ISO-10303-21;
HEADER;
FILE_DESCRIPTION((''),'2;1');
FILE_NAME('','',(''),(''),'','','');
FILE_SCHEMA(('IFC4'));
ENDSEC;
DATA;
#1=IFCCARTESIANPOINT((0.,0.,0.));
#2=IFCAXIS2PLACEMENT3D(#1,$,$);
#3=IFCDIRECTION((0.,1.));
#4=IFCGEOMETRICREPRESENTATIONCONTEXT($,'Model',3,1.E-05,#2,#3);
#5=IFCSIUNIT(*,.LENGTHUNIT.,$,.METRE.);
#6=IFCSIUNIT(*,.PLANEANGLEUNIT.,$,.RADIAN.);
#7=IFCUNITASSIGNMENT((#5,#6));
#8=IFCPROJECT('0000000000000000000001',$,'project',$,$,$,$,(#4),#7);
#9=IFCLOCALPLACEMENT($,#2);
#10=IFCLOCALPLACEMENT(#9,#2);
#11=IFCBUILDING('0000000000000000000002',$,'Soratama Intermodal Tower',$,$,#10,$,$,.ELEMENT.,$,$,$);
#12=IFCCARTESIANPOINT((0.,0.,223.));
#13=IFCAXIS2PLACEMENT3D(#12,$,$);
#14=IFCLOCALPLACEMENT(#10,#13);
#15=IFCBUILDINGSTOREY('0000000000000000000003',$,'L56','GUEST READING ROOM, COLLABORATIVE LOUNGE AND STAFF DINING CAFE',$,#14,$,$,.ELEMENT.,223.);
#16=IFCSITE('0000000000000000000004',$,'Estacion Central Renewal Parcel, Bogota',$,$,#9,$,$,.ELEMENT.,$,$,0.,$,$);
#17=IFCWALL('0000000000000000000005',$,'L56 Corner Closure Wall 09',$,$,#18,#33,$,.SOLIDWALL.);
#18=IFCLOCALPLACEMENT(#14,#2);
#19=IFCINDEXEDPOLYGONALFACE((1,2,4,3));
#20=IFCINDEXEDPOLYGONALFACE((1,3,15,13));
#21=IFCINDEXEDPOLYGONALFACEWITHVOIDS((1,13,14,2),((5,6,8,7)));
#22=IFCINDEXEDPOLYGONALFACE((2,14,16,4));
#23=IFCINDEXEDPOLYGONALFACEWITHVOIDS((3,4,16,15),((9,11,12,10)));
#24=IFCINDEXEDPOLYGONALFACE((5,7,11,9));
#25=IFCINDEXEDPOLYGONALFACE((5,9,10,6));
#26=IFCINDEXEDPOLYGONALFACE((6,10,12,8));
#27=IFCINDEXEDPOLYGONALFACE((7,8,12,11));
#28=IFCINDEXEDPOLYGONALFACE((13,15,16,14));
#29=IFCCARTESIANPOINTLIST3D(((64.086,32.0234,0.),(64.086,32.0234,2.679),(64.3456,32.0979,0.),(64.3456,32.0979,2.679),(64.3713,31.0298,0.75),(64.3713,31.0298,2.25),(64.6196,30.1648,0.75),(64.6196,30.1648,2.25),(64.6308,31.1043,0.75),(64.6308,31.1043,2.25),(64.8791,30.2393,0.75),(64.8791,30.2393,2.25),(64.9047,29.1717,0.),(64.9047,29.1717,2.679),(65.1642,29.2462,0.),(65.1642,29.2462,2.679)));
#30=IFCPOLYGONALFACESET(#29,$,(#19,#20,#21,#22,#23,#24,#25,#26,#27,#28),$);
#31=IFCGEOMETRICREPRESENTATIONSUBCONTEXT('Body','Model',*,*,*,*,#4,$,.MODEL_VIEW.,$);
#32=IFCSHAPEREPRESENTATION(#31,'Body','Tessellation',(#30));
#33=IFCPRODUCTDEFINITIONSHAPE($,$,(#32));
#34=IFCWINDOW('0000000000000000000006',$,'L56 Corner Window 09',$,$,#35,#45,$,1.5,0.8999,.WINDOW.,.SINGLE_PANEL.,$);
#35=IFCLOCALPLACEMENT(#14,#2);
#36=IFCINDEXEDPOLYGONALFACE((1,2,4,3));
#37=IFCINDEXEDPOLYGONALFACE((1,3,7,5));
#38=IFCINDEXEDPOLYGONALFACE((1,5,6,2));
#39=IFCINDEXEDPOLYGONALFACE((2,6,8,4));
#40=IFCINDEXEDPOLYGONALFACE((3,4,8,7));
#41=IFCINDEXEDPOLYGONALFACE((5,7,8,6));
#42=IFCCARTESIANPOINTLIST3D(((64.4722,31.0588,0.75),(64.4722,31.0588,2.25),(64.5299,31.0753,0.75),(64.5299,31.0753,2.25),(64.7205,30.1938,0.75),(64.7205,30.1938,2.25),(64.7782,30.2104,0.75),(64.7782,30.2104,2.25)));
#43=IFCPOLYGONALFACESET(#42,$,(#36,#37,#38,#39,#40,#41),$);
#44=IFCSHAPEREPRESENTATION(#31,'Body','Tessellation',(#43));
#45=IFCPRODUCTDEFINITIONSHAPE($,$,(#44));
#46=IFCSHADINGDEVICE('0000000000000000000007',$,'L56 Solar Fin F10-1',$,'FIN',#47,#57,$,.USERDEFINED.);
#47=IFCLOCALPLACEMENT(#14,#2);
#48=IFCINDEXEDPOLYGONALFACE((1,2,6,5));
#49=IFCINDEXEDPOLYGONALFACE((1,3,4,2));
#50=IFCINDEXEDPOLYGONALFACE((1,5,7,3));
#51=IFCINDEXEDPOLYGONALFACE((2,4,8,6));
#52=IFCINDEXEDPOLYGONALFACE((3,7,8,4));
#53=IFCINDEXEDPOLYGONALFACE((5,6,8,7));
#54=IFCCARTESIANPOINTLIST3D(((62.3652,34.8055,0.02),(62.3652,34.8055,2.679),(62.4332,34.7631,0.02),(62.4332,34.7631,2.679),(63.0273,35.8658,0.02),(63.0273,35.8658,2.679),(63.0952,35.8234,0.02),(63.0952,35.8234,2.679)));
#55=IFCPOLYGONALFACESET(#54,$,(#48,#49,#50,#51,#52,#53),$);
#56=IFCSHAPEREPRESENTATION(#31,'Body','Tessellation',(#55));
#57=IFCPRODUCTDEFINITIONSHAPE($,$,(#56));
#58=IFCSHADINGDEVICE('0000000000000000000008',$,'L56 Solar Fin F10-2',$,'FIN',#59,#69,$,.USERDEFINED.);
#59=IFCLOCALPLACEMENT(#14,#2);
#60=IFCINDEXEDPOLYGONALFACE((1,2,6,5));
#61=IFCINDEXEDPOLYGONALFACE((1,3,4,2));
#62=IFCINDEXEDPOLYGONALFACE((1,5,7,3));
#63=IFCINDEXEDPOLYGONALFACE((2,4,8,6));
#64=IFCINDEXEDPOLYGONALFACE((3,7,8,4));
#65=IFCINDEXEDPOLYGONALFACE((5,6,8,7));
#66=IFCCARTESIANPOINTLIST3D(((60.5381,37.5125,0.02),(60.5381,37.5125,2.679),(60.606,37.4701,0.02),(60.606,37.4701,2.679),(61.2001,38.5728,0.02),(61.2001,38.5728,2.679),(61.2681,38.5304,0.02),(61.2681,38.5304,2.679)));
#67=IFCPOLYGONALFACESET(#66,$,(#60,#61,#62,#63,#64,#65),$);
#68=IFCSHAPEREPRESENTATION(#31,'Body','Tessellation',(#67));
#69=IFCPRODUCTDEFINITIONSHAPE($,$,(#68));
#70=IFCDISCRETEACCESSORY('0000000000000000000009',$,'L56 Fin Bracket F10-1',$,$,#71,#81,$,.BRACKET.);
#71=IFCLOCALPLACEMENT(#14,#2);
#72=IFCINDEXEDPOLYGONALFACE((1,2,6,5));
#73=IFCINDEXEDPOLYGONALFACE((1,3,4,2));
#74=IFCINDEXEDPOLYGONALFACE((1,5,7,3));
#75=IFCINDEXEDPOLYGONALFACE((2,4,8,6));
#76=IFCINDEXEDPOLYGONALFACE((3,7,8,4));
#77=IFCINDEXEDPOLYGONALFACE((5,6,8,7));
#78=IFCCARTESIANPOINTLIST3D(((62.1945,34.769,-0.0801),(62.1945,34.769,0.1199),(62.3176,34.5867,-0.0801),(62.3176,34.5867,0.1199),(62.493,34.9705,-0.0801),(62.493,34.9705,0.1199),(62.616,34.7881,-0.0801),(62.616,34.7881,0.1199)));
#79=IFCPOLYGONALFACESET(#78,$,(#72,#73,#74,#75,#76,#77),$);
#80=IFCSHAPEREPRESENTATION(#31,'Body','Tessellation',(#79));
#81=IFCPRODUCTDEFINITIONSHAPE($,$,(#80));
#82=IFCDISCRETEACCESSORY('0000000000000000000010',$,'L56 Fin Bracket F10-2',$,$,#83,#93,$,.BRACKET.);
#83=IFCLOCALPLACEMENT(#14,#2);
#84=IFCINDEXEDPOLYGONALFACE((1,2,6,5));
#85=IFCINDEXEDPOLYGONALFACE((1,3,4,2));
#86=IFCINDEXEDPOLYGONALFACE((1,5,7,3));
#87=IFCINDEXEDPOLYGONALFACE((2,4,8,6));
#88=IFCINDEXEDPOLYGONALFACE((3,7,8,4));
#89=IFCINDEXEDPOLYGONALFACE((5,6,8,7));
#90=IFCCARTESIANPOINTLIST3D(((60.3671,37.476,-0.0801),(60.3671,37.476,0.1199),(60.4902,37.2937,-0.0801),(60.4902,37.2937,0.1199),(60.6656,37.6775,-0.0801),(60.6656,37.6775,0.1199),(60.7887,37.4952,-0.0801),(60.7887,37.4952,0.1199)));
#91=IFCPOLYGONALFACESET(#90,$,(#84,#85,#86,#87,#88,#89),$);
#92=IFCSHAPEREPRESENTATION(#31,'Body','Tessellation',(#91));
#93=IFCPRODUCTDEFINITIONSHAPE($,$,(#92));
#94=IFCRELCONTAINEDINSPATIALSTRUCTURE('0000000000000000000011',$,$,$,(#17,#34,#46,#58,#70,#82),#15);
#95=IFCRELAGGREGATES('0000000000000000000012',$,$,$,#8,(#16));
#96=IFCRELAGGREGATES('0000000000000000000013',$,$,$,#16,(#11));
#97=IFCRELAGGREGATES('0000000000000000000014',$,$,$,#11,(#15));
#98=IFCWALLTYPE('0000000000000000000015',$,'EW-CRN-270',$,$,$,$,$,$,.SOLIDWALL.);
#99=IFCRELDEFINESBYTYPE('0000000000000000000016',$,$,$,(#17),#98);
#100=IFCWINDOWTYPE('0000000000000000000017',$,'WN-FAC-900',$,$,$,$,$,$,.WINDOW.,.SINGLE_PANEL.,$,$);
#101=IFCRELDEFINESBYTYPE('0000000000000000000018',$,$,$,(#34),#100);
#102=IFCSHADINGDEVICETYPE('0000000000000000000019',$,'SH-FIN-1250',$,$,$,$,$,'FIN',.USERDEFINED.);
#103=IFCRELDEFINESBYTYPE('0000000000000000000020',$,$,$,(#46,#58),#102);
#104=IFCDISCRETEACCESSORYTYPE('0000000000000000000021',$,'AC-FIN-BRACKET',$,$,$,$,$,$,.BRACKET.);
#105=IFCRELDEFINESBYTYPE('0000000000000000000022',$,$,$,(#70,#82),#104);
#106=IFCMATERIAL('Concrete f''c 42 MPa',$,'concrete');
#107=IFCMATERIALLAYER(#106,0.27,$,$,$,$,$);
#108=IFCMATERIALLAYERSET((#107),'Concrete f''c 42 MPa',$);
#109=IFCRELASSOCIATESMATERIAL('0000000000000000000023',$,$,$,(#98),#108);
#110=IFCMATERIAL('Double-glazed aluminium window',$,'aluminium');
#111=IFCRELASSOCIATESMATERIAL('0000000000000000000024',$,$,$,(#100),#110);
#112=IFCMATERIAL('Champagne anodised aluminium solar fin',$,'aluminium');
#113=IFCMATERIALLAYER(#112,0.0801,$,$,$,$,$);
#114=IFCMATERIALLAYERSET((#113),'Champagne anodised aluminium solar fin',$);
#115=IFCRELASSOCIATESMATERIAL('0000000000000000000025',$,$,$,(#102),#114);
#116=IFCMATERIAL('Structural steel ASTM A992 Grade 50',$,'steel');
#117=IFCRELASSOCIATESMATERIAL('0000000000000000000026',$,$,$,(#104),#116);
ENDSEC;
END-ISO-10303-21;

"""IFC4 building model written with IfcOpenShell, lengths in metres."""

from ifc_helpers import new_model, si_unit, direction, frame, frame_2d, origin, origin_2d, place, context, subcontext, project, spatial, rectangle, extrude, material, layer, layer_set, type_object, element, fill, save


model = new_model("IFC4")

# Units and contexts
model_context = context("Model", 3, precision=1e-05, world=origin(), true_north=direction((0.0, 1.0)))
body_context = subcontext(model_context, "Body", "Model", "MODEL_VIEW")
ifc_project = project(units=[si_unit("LENGTHUNIT", "METRE"), si_unit("PLANEANGLEUNIT", "RADIAN")], contexts=[model_context])

# Site, building, storey
site_placement = place(None, origin())
site = spatial("IfcSite", under=ifc_project, at=site_placement, Name="Estacion Central Renewal Parcel, Bogota", CompositionType="ELEMENT", RefElevation=0.0)
building_placement = place(site_placement, origin())
building = spatial("IfcBuilding", under=site, at=building_placement, Name="Soratama Intermodal Tower", CompositionType="ELEMENT")
storey_placement = place(building_placement, frame((0.0, 0.0, 223.0)))
storey = spatial("IfcBuildingStorey", under=building, at=storey_placement, Name="L56", Description="GUEST READING ROOM, COLLABORATIVE LOUNGE AND STAFF DINING CAFE", CompositionType="ELEMENT", Elevation=223.0)

# Wall, opening, window
ifc_material_1 = material(Name="Concrete f'c 42 MPa", Category="concrete")
ifc_layer_1 = layer(ifc_material_1, 0.27)
ifc_layer_set_1 = layer_set([ifc_layer_1], Name="Concrete f'c 42 MPa")
wall_type = type_object("IfcWallType", Name="EW-CRN-270", PredefinedType="SOLIDWALL", material=ifc_layer_set_1)
wall_placement = place(storey_placement, frame((65.0344, 29.209, 0.0), z_axis=(0.0, 0.0, 1.0), x_axis=(-0.275927, 0.961178, 0.0)))
wall = element("IfcWall", 1, at=wall_placement, inside=storey, type_object=wall_type, Name="L56 Corner Closure Wall 09", PredefinedType="SOLIDWALL", context=body_context, shape_type="SweptSolid", body=[
    extrude(rectangle(XDim=2.9668, YDim=0.27, at=frame_2d((1.4834, 0.0))), origin(), (0.0, 0.0, 1.0), 2.679),
])
opening_placement = place(wall_placement, frame((1.0332, 0.0, 0.75)))
opening = element("IfcOpeningElement", 2, at=opening_placement, cuts=wall, PredefinedType="OPENING", context=body_context, shape_type="SweptSolid", body=[
    extrude(rectangle(XDim=0.8999, YDim=1.5, at=frame_2d((0.45, 0.75))), frame((0.0, 0.145, 0.0), z_axis=(0.0, -1.0, 0.0), x_axis=(1.0, 0.0, 0.0)), (0.0, 0.0, 1.0), 0.29),
])
ifc_material_2 = material(Name="Double-glazed aluminium window", Category="aluminium")
window_type = type_object("IfcWindowType", Name="WN-FAC-900", PartitioningType="SINGLE_PANEL", PredefinedType="WINDOW", material=ifc_material_2)
window_placement = place(opening_placement, origin())
window = element("IfcWindow", 3, at=window_placement, inside=storey, type_object=window_type, Name="L56 Corner Window 09", OverallHeight=1.5, OverallWidth=0.8999, PartitioningType="SINGLE_PANEL", PredefinedType="WINDOW", context=body_context, shape_type="SweptSolid", body=[
    extrude(rectangle(XDim=0.8999, YDim=1.5, at=frame_2d((0.45, 0.75))), frame((0.0, 0.03, 0.0), z_axis=(0.0, -1.0, 0.0), x_axis=(1.0, 0.0, 0.0)), (0.0, 0.0, 1.0), 0.0601),
])
fill(opening, window)

# Shading devices
ifc_material_3 = material(Name="Champagne anodised aluminium solar fin", Category="aluminium")
ifc_layer_2 = layer(ifc_material_3, 0.0801)
ifc_layer_set_2 = layer_set([ifc_layer_2], Name="Champagne anodised aluminium solar fin")
shading_device_type = type_object("IfcShadingDeviceType", Name="SH-FIN-1250", ElementType="FIN", PredefinedType="USERDEFINED", material=ifc_layer_set_2)
for number, where, z_axis, x_axis, name in (
    (4, (62.7302, 35.3145, 0.02), (0.0, 0.0, 1.0), (0.529623, 0.848233, 0.0), "L56 Solar Fin F10-1"),
    (5, (60.9031, 38.0215, 0.02), (0.0, 0.0, 1.0), (0.529623, 0.848233, 0.0), "L56 Solar Fin F10-2"),
):
    element("IfcShadingDevice", number, at=place(storey_placement, frame(where, z_axis=z_axis, x_axis=x_axis)), inside=storey, type_object=shading_device_type, Name=name, ObjectType="FIN", PredefinedType="USERDEFINED", context=body_context, shape_type="SweptSolid", body=[
        extrude(rectangle(XDim=1.25, YDim=0.0801, at=origin_2d()), origin(), (0.0, 0.0, 1.0), 2.6589),
    ])

# Discrete accessories
ifc_material_4 = material(Name="Structural steel ASTM A992 Grade 50", Category="steel")
discrete_accessory_type = type_object("IfcDiscreteAccessoryType", Name="AC-FIN-BRACKET", PredefinedType="BRACKET", material=ifc_material_4)
for number, where, z_axis, x_axis, name in (
    (6, (62.4053, 34.7786, -0.0801), (0.0, 0.0, 1.0), (0.828842, 0.559482, 0.0), "L56 Fin Bracket F10-1"),
    (7, (60.5779, 37.4856, -0.0801), (0.0, 0.0, 1.0), (0.828842, 0.559482, 0.0), "L56 Fin Bracket F10-2"),
):
    element("IfcDiscreteAccessory", number, at=place(storey_placement, frame(where, z_axis=z_axis, x_axis=x_axis)), inside=storey, type_object=discrete_accessory_type, Name=name, PredefinedType="BRACKET", context=body_context, shape_type="SweptSolid", body=[
        extrude(rectangle(XDim=0.3601, YDim=0.22, at=origin_2d()), origin(), (0.0, 0.0, 1.0), 0.2),
    ])

save(model, "model.ifc")
